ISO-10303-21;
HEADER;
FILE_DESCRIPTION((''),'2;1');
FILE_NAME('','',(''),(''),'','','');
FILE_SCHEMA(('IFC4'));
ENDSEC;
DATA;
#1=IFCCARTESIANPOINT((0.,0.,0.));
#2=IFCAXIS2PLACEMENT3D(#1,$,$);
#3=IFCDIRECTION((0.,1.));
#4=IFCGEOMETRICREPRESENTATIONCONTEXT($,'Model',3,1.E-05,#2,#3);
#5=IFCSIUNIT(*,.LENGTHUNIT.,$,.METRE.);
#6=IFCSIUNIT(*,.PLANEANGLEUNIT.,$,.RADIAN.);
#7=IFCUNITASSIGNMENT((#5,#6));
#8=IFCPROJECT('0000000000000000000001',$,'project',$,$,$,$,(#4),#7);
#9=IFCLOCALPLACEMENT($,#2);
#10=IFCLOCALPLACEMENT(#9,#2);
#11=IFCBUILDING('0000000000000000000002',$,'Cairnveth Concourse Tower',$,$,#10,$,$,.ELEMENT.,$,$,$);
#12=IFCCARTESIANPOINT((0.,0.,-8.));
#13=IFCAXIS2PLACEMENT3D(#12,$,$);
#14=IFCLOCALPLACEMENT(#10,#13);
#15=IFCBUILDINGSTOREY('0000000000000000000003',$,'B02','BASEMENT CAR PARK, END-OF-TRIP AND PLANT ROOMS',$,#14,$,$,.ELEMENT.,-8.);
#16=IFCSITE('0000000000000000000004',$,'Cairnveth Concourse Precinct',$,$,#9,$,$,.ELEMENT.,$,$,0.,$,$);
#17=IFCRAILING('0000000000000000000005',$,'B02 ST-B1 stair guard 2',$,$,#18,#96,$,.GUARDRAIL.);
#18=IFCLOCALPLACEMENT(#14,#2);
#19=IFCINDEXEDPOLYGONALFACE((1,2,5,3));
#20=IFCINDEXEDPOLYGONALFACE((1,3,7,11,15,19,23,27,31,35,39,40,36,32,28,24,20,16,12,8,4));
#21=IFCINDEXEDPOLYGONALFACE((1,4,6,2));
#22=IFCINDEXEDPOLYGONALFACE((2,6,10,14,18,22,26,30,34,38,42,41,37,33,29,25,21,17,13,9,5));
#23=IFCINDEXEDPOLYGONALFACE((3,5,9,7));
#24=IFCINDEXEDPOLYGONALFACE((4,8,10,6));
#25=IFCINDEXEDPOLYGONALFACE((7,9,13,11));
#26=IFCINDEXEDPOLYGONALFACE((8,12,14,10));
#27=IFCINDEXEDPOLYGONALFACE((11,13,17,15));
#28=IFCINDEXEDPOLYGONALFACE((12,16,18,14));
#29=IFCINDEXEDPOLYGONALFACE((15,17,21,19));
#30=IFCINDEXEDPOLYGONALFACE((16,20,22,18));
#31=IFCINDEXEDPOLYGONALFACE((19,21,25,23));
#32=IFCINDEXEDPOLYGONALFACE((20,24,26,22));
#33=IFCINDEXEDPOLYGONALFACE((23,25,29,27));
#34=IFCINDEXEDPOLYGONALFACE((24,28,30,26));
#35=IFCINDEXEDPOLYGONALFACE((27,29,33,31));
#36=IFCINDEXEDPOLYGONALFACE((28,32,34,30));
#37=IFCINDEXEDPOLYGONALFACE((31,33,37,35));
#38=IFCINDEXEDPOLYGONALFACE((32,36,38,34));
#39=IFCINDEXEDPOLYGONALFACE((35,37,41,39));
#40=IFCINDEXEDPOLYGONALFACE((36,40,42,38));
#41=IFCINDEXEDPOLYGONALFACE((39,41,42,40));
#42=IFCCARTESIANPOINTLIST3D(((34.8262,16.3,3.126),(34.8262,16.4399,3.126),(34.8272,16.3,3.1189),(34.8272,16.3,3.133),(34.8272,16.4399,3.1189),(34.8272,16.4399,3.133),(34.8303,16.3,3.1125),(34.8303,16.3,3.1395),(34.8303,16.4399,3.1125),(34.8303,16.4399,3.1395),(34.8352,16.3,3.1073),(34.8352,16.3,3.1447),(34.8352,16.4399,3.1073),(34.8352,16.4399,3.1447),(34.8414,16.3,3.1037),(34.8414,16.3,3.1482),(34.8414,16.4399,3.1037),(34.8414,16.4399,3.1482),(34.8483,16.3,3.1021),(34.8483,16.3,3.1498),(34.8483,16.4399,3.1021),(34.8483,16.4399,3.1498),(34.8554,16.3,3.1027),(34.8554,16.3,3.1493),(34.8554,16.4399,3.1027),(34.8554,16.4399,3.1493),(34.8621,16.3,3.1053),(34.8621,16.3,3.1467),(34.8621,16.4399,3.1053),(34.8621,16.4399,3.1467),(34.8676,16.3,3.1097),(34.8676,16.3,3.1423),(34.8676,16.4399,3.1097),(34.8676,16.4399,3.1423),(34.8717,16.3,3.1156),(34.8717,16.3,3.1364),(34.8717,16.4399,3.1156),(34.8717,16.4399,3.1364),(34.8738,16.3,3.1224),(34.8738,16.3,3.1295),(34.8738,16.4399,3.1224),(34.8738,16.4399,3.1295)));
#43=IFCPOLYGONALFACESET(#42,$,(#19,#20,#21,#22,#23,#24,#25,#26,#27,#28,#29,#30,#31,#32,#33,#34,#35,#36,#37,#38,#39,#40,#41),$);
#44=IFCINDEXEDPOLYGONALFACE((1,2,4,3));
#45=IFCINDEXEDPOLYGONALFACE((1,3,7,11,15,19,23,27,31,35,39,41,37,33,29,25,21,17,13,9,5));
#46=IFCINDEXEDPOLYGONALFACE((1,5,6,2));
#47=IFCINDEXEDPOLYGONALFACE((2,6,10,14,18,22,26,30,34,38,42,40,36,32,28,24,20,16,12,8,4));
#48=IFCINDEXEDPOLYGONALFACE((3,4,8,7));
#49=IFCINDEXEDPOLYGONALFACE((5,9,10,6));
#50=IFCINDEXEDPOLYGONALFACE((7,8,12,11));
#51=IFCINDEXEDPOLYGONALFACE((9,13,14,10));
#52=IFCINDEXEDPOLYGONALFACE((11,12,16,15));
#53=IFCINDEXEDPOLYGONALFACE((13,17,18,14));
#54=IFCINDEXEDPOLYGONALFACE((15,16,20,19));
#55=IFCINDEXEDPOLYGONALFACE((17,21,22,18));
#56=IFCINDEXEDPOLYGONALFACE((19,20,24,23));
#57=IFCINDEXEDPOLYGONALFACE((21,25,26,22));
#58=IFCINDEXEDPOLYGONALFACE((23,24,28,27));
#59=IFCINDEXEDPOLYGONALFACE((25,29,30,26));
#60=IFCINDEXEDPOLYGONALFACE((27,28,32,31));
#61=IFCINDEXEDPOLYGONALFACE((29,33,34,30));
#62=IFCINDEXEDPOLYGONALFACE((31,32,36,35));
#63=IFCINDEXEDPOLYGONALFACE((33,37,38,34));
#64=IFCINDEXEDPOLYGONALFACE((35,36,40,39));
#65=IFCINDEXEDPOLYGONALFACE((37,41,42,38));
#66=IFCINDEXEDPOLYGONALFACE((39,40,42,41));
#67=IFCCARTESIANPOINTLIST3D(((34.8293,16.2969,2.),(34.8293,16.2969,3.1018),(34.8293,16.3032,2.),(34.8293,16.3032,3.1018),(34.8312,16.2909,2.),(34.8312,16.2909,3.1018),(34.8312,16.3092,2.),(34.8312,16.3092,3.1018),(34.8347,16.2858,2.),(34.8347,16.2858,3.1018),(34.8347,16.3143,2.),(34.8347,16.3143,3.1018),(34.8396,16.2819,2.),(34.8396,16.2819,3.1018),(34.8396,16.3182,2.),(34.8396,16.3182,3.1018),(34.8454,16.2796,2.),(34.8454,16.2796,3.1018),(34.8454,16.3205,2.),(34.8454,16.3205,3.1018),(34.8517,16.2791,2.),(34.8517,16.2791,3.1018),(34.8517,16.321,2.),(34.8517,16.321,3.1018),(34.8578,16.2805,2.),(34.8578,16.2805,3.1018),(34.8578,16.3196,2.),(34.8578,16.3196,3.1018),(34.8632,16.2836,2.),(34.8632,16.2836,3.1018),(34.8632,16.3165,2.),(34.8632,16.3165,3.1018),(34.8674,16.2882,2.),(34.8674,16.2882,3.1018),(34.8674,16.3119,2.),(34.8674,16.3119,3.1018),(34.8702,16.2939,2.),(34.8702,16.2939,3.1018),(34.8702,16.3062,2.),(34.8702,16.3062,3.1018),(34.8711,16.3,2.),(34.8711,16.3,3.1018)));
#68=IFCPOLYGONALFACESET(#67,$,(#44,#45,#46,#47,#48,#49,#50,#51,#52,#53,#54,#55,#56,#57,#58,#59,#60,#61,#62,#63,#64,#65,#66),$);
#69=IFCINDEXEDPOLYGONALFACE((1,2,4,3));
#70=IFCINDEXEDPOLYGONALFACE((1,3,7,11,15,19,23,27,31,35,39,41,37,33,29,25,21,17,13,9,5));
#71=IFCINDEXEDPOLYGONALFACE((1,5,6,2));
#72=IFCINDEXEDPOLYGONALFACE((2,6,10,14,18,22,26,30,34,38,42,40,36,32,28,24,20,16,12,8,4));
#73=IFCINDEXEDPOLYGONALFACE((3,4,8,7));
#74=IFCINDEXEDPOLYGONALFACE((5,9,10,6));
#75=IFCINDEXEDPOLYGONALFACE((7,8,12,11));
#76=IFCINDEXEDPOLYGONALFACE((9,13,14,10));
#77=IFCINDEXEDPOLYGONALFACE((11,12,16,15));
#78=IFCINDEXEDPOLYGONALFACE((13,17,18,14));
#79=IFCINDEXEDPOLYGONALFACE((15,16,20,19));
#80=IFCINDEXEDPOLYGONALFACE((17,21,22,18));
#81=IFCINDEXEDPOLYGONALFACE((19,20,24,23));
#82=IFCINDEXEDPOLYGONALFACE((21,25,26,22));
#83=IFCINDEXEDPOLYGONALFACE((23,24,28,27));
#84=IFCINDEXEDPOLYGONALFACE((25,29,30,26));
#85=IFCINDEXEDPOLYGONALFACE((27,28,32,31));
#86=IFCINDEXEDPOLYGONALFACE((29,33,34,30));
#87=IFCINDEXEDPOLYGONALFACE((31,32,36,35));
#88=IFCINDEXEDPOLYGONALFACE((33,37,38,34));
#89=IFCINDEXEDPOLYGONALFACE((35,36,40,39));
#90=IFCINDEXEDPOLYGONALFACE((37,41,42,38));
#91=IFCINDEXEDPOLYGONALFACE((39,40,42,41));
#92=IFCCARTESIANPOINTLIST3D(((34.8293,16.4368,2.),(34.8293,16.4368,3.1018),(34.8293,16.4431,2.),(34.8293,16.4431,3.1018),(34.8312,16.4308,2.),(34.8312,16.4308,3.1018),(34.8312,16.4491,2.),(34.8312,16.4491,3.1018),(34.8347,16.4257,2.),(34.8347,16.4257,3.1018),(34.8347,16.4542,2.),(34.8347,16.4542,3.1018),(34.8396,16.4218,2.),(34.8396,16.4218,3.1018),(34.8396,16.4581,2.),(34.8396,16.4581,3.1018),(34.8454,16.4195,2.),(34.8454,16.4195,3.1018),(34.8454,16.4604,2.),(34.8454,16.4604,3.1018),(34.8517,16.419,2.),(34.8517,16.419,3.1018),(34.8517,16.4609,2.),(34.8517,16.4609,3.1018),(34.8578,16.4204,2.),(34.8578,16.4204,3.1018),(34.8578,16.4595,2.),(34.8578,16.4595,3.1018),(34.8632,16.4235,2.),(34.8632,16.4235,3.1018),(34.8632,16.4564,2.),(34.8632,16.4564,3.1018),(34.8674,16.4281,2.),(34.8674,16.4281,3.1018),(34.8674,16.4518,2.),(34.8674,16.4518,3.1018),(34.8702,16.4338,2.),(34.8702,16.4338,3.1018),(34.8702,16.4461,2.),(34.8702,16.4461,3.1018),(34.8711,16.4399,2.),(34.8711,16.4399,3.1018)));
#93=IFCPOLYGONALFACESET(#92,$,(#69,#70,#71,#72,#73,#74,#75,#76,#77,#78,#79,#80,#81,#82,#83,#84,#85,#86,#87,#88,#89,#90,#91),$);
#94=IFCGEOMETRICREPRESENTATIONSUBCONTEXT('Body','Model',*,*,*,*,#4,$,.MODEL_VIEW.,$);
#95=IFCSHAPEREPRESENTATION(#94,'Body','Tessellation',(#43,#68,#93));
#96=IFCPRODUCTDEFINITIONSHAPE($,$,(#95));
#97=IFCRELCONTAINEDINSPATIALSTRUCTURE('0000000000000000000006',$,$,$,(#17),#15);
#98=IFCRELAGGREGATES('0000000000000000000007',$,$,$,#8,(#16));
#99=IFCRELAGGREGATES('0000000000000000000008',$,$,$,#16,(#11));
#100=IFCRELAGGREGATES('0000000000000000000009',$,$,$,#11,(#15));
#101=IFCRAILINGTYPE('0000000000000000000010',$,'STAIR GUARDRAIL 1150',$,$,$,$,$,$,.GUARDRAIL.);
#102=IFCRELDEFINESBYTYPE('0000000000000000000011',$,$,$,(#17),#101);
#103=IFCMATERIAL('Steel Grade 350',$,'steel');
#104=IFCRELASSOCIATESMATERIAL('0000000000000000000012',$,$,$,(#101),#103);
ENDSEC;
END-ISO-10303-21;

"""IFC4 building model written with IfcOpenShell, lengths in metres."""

from ifc_helpers import new_model, si_unit, direction, frame, origin, origin_2d, place, context, subcontext, project, spatial, circle, extrude, material, type_object, element, save


model = new_model("IFC4")

# Units and contexts
model_context = context("Model", 3, precision=1e-05, world=origin(), true_north=direction((0.0, 1.0)))
body_context = subcontext(model_context, "Body", "Model", "MODEL_VIEW")
ifc_project = project(units=[si_unit("LENGTHUNIT", "METRE"), si_unit("PLANEANGLEUNIT", "RADIAN")], contexts=[model_context])

# Site, building, storey
site_placement = place(None, origin())
site = spatial("IfcSite", under=ifc_project, at=site_placement, Name="Cairnveth Concourse Precinct", CompositionType="ELEMENT", RefElevation=0.0)
building_placement = place(site_placement, origin())
building = spatial("IfcBuilding", under=site, at=building_placement, Name="Cairnveth Concourse Tower", CompositionType="ELEMENT")
storey_placement = place(building_placement, frame((0.0, 0.0, -8.0)))
storey = spatial("IfcBuildingStorey", under=building, at=storey_placement, Name="B02", Description="BASEMENT CAR PARK, END-OF-TRIP AND PLANT ROOMS", CompositionType="ELEMENT", Elevation=-8.0)

# Shared definitions
ifc_material_1 = material(Name="Steel Grade 350", Category="steel")

# Railing
railing_type_1 = type_object("IfcRailingType", Name="STAIR GUARDRAIL 1150", PredefinedType="GUARDRAIL", material=ifc_material_1)
railing_1_placement = place(storey_placement, frame((34.8501, 16.3, 2.0)))
element("IfcRailing", 1, at=railing_1_placement, inside=storey, type_object=railing_type_1, Name="B02 ST-B1 stair guard 2", PredefinedType="GUARDRAIL", context=body_context, shape_type="SweptSolid", body=[
    extrude(circle(Radius=0.0239, at=origin_2d()), frame((0.0, 0.0, 1.126), z_axis=(0.0, 1.0, 0.0), x_axis=(-1.0, 0.0, 0.0)), (0.0, 0.0, 1.0), 0.1399),
    extrude(circle(Radius=0.021, at=origin_2d()), origin(), (0.0, 0.0, 1.0), 1.1018),
    extrude(circle(Radius=0.021, at=origin_2d()), frame((0.0, 0.1399, 0.0)), (0.0, 0.0, 1.0), 1.1018),
])

save(model, "model.ifc")
